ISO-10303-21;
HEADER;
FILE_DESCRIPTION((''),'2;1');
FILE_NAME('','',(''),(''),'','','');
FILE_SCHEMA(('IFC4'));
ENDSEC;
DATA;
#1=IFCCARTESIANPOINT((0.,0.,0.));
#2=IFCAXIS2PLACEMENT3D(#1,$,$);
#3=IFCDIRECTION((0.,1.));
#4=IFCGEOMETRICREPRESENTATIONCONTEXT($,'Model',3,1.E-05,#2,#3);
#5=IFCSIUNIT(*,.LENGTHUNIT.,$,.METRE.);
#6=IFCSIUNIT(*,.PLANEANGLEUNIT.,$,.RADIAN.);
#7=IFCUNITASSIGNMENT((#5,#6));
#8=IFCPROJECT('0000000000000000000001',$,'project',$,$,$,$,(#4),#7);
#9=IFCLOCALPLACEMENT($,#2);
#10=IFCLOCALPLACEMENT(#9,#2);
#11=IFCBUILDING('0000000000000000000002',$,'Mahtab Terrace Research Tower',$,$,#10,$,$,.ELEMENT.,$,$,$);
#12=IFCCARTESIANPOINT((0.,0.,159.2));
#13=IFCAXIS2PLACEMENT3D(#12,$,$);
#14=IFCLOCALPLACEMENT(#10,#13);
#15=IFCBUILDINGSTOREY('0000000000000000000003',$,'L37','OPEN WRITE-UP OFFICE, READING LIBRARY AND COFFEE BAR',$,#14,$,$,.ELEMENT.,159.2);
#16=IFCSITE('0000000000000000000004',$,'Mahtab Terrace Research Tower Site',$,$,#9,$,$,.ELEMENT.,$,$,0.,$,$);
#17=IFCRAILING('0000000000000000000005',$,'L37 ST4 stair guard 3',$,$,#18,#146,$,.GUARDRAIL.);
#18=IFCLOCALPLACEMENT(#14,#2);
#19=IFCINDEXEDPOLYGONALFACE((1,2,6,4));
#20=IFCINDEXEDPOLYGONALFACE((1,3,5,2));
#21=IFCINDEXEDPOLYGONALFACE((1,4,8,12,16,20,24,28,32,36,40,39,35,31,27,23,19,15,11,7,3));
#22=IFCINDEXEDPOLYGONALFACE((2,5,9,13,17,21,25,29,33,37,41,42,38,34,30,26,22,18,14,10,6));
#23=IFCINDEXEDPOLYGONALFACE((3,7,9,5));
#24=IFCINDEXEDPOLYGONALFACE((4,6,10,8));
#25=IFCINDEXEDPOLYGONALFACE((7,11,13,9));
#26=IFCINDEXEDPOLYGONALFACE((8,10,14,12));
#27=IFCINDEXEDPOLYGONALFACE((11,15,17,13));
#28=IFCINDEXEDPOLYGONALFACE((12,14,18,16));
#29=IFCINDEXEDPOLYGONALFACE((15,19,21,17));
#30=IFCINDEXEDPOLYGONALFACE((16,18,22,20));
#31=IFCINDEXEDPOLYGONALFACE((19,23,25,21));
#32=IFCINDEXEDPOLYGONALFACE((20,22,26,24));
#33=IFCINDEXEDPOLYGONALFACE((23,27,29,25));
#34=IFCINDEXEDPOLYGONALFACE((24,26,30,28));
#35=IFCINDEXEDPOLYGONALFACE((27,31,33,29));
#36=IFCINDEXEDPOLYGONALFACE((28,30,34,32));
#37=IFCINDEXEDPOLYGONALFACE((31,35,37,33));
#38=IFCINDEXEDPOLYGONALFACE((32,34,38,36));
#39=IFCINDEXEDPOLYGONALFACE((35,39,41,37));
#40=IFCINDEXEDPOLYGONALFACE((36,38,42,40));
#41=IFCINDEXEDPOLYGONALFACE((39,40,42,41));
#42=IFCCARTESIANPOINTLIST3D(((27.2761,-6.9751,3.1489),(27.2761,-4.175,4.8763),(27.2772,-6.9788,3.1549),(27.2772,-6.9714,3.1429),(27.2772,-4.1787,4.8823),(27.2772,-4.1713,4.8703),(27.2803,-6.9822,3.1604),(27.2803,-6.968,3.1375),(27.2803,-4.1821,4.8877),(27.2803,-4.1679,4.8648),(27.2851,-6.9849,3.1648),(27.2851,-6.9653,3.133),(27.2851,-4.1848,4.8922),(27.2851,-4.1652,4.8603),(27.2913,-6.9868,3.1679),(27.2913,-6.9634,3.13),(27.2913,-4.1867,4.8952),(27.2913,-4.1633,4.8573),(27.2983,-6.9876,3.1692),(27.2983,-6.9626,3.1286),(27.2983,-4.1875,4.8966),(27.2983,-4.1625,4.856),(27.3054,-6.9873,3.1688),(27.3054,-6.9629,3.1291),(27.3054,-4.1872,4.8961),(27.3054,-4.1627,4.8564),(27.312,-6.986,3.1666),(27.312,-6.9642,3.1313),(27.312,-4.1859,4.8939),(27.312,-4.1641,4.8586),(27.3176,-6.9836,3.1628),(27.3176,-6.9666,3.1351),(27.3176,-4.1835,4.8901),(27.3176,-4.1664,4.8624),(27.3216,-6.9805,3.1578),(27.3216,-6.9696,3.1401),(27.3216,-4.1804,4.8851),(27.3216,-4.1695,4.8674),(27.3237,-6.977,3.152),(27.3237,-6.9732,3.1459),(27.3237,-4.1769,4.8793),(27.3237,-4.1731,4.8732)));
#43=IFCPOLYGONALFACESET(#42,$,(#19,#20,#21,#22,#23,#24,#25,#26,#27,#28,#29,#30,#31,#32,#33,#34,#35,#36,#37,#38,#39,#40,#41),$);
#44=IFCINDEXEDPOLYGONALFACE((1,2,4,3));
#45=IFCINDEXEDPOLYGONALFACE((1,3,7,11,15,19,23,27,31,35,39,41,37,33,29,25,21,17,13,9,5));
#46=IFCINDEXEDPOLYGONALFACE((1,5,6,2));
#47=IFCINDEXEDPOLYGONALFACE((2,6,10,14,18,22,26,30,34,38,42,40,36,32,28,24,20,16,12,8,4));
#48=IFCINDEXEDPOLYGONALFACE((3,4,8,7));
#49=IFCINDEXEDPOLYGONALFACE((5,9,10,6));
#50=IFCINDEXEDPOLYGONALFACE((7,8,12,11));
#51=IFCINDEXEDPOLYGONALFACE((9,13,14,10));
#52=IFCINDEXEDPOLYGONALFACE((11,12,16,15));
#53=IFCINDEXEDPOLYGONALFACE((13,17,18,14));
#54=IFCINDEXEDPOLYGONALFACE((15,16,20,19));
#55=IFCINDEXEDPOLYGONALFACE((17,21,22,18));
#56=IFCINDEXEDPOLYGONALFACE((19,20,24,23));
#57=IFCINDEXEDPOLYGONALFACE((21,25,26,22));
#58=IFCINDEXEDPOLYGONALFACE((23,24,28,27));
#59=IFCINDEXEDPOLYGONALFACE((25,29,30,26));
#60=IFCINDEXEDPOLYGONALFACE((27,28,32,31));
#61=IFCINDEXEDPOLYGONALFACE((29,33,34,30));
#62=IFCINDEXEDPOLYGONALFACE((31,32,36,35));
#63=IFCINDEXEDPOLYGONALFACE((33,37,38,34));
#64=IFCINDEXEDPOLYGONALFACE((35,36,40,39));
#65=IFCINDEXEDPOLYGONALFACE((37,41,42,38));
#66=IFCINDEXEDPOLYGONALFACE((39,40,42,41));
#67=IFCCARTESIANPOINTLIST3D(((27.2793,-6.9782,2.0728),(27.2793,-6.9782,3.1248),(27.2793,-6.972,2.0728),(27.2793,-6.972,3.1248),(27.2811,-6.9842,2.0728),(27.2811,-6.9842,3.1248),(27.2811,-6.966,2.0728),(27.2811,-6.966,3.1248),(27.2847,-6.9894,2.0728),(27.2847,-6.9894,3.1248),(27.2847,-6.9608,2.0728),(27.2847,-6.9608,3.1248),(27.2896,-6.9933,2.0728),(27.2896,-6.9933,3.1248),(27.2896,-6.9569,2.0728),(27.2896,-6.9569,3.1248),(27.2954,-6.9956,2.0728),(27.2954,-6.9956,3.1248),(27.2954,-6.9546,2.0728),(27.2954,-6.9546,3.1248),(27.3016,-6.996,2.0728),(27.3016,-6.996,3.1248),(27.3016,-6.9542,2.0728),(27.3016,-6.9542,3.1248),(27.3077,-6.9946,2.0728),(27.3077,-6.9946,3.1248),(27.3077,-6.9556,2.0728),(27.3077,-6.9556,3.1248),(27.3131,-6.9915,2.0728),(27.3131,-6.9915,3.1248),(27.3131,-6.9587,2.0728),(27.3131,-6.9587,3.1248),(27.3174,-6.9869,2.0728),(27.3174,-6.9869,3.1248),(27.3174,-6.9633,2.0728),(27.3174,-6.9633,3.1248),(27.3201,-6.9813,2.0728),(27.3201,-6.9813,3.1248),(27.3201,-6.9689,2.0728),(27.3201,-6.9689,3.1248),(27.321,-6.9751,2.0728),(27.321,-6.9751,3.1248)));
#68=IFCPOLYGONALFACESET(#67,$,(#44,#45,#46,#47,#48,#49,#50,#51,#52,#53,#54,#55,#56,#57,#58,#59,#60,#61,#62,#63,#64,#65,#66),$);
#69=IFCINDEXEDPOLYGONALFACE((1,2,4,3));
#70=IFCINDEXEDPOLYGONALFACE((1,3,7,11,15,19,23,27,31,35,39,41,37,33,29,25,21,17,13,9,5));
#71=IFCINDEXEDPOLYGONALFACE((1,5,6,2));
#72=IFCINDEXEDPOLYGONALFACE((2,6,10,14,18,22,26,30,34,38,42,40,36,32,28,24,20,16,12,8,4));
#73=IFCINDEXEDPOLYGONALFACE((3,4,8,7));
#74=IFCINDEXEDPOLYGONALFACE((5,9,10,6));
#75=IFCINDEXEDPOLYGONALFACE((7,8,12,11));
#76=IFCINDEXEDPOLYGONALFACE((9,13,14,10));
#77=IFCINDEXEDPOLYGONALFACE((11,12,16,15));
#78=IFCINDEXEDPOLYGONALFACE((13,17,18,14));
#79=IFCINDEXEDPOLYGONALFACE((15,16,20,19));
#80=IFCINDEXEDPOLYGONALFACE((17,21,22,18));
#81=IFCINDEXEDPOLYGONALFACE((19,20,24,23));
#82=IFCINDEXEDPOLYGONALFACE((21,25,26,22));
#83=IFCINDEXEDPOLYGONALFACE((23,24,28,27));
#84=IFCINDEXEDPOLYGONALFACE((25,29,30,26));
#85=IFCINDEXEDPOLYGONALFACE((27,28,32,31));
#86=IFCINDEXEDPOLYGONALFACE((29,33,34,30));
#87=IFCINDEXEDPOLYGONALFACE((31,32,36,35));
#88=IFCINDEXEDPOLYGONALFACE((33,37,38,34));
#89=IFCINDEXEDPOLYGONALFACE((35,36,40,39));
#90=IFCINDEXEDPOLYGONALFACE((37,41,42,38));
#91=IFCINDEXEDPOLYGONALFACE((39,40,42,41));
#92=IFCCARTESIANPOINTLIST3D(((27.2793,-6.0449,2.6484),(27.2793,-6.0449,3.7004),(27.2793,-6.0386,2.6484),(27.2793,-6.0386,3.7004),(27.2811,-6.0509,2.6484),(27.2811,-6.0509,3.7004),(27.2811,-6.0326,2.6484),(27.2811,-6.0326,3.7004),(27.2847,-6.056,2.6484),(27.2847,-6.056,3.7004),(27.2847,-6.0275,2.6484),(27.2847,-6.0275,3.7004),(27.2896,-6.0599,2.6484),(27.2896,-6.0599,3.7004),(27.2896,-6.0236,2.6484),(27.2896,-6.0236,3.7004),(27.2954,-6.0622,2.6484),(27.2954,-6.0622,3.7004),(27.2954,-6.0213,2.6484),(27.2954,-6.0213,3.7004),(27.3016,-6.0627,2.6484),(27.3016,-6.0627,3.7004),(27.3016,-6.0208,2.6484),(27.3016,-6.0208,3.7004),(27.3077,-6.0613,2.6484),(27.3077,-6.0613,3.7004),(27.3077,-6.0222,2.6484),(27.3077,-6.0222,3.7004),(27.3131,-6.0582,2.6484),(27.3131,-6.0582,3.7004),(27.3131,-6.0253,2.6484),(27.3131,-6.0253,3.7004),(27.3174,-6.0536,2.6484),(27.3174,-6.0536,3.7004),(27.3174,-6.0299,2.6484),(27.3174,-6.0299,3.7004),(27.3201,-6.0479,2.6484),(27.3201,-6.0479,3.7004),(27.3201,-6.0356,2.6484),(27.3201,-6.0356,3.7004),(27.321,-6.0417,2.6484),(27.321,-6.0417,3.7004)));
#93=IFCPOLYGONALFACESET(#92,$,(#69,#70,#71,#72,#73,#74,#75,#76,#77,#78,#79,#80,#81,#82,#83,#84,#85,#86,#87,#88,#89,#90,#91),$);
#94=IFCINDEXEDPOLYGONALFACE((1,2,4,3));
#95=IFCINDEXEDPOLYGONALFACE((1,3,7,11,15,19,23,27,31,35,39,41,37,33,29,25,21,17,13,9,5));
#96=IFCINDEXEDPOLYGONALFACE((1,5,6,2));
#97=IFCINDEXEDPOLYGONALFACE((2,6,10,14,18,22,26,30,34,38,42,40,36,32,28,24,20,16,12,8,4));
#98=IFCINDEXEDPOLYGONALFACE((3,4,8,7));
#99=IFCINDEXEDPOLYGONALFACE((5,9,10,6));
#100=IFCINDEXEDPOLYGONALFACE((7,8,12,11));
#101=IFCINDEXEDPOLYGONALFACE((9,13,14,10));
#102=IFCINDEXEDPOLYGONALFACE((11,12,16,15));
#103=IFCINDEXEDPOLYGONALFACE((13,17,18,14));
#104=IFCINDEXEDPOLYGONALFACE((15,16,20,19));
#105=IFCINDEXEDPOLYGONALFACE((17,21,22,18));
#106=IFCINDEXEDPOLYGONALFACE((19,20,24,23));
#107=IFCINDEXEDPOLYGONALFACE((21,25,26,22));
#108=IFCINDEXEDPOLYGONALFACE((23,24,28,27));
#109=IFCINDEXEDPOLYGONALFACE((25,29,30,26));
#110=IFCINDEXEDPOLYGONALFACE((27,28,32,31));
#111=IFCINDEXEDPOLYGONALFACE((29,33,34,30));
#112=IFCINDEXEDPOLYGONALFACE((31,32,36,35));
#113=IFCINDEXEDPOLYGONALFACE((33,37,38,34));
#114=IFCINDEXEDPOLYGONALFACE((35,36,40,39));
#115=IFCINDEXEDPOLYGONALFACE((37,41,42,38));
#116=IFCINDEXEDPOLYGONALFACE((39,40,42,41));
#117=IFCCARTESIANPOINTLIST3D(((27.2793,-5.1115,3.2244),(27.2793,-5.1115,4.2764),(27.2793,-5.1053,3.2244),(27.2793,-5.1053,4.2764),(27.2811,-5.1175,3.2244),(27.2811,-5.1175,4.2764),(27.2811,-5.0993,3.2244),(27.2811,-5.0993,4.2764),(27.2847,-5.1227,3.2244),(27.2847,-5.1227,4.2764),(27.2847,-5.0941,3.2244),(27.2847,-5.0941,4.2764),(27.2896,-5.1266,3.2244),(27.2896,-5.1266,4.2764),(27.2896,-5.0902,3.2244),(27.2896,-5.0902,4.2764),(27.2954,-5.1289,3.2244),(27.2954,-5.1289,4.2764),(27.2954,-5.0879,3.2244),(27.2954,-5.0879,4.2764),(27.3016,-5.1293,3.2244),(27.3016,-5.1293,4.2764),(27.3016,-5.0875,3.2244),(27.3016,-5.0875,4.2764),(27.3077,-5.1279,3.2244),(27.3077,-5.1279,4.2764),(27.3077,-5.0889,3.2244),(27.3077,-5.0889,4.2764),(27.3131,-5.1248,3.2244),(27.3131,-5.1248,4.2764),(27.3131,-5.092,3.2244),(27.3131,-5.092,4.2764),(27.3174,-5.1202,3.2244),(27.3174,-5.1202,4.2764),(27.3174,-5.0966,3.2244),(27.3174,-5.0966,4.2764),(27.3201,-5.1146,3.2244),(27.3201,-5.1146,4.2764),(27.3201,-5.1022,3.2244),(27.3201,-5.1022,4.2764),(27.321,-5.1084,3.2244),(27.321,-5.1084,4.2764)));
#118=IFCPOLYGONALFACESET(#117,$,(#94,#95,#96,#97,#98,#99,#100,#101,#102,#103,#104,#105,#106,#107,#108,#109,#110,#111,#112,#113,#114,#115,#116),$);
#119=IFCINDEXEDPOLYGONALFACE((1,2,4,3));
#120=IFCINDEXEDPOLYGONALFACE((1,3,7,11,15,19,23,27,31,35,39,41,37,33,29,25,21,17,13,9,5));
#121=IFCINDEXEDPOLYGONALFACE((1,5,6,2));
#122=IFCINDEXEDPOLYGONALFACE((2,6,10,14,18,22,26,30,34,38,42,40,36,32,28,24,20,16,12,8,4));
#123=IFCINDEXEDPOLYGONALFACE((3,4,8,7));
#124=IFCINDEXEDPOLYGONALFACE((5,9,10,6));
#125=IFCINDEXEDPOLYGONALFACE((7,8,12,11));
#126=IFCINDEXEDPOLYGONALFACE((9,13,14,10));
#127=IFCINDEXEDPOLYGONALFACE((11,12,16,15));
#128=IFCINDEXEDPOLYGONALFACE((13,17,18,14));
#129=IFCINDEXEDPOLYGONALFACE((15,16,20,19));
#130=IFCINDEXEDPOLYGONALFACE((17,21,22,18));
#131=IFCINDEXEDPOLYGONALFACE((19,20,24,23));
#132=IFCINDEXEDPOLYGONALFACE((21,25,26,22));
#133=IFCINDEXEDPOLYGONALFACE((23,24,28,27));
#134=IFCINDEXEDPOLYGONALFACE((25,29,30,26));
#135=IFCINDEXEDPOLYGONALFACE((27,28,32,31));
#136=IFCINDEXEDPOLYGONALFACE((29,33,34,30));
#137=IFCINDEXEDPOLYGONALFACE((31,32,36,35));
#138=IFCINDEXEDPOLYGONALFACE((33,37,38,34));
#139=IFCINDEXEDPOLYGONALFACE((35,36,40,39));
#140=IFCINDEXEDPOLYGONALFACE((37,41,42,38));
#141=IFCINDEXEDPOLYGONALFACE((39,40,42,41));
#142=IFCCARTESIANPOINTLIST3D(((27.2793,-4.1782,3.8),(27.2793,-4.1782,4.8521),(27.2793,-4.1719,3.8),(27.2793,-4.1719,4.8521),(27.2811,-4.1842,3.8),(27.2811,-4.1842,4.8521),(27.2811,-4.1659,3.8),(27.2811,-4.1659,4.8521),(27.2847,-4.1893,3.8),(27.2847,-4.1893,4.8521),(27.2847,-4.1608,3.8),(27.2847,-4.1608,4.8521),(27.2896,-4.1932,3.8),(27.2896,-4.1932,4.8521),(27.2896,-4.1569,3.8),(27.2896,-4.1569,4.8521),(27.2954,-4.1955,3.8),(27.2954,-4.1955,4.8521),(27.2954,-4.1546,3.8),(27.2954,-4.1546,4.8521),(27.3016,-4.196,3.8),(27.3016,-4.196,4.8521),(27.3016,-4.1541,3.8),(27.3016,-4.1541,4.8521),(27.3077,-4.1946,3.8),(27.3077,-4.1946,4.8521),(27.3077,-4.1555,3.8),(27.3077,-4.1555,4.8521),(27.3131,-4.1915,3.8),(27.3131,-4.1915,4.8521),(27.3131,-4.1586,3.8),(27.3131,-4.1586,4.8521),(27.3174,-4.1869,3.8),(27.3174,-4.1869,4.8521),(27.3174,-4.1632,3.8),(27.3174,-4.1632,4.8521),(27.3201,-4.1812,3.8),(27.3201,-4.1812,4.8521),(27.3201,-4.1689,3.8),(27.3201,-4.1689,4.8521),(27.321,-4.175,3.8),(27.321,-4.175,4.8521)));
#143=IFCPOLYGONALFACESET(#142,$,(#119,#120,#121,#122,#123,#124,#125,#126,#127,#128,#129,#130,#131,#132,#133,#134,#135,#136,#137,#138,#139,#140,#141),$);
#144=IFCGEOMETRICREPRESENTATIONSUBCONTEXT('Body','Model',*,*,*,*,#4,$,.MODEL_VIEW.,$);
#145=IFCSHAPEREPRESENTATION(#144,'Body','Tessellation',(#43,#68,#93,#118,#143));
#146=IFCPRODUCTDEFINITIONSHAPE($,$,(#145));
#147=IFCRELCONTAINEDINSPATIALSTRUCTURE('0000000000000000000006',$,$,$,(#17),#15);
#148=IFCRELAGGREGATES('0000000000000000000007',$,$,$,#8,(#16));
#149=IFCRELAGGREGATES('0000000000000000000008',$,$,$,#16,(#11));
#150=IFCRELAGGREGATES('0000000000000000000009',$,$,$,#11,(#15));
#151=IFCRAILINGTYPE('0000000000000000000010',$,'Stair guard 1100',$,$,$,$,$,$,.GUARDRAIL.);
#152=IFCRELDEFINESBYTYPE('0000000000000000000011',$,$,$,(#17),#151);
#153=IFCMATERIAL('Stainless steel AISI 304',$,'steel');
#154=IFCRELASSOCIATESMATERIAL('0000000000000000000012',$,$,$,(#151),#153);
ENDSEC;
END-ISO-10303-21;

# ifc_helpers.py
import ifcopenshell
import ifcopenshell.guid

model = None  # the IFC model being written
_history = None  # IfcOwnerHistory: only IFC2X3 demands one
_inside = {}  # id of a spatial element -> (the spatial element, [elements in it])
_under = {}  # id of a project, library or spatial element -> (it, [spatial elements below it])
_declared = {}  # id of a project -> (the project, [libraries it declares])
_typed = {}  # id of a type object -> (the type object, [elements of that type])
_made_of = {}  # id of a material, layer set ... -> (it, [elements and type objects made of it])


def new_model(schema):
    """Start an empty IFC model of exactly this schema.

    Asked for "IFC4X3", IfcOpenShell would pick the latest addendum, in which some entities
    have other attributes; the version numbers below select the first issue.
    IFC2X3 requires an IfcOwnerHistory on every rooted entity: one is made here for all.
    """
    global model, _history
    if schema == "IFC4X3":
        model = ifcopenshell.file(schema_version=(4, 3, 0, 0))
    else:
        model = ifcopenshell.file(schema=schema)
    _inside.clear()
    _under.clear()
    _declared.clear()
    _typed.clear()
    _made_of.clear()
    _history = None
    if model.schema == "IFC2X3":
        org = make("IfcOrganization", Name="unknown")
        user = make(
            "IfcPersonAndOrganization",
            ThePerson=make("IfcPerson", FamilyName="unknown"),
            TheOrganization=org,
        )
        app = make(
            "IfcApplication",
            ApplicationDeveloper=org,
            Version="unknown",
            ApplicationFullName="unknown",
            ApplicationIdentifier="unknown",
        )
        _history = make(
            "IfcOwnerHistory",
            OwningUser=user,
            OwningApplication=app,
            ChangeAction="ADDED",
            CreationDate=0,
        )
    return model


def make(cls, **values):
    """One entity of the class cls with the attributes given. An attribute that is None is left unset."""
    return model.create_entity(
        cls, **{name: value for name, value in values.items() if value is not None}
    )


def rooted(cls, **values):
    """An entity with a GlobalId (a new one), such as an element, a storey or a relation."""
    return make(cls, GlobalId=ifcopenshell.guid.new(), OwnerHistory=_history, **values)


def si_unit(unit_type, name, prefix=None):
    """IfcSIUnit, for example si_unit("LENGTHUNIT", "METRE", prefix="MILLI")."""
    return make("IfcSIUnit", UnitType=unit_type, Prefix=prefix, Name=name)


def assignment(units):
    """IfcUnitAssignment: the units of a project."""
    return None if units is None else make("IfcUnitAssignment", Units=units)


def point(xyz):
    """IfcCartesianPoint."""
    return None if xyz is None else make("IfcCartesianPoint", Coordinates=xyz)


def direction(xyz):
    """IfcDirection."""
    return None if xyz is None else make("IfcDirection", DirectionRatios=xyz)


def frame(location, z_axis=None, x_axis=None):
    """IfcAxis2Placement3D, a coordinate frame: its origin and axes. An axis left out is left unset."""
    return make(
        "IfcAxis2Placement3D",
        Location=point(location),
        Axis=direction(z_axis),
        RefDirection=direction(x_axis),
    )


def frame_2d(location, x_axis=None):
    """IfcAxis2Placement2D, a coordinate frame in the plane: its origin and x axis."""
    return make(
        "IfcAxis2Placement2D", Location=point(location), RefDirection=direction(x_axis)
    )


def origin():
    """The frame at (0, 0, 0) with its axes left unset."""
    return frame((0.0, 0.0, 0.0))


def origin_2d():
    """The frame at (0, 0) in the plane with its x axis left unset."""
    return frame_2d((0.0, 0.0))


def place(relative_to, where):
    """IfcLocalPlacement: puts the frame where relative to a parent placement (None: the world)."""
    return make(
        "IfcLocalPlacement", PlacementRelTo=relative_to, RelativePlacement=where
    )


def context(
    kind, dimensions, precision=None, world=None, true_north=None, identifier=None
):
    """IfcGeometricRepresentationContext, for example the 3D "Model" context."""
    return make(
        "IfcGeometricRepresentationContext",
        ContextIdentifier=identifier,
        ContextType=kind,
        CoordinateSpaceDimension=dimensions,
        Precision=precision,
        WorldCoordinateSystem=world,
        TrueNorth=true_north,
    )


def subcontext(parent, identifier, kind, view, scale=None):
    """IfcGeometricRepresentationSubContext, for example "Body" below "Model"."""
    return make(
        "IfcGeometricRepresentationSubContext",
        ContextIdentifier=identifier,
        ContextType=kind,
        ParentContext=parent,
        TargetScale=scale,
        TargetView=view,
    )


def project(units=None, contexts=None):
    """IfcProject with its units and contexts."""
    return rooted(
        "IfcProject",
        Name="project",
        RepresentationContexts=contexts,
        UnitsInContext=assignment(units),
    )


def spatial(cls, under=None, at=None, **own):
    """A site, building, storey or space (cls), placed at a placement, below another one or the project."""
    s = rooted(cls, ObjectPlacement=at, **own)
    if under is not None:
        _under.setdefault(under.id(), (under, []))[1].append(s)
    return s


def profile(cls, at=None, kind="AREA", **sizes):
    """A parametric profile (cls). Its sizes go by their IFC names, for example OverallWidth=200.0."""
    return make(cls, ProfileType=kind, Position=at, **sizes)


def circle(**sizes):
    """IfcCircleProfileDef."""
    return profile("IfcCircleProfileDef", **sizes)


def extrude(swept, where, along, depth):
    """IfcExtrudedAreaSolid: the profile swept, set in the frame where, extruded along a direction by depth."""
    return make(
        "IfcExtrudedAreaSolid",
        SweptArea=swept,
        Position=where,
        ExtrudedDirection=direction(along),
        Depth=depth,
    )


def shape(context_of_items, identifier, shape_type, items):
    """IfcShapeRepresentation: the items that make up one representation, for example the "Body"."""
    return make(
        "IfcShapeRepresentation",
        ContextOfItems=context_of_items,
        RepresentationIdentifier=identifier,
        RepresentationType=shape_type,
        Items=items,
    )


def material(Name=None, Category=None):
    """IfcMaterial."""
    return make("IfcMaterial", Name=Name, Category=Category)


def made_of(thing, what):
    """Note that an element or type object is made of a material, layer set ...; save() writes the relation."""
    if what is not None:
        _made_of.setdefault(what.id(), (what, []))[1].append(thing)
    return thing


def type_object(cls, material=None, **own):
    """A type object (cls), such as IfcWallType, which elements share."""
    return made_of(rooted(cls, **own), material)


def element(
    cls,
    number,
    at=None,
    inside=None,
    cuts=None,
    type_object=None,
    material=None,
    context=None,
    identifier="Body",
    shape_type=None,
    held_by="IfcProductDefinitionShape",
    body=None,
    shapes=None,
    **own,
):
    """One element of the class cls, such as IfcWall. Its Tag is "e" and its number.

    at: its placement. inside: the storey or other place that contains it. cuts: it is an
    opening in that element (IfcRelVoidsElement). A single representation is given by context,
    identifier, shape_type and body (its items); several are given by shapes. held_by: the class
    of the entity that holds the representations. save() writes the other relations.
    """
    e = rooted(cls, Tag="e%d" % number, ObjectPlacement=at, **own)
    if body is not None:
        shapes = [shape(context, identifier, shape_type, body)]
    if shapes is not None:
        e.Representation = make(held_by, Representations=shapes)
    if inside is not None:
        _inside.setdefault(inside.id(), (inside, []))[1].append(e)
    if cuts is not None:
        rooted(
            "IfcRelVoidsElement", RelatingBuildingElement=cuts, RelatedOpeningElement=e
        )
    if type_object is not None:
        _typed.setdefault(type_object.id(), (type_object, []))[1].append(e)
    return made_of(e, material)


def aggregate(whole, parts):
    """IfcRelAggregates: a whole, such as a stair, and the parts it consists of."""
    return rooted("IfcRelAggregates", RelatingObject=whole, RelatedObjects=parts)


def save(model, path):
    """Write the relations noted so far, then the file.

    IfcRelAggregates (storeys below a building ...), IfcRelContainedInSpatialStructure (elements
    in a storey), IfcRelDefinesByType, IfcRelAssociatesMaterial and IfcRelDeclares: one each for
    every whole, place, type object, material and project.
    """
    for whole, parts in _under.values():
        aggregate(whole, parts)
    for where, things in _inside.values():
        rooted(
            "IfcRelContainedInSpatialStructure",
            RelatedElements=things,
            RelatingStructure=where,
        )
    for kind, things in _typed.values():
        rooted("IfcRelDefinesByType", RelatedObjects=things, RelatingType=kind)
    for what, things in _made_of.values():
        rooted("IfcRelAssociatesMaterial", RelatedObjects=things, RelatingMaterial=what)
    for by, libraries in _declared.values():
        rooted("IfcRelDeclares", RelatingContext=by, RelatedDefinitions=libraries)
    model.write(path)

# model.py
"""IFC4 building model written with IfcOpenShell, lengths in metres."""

from ifc_helpers import new_model, si_unit, direction, frame, origin, origin_2d, place, context, subcontext, project, spatial, circle, extrude, material, type_object, element, save


model = new_model("IFC4")

# Units and contexts
model_context = context("Model", 3, precision=1e-05, world=origin(), true_north=direction((0.0, 1.0)))
body_context = subcontext(model_context, "Body", "Model", "MODEL_VIEW")
ifc_project = project(units=[si_unit("LENGTHUNIT", "METRE"), si_unit("PLANEANGLEUNIT", "RADIAN")], contexts=[model_context])

# Site, building, storey
site_placement = place(None, origin())
site = spatial("IfcSite", under=ifc_project, at=site_placement, Name="Mahtab Terrace Research Tower Site", CompositionType="ELEMENT", RefElevation=0.0)
building_placement = place(site_placement, origin())
building = spatial("IfcBuilding", under=site, at=building_placement, Name="Mahtab Terrace Research Tower", CompositionType="ELEMENT")
storey_placement = place(building_placement, frame((0.0, 0.0, 159.2)))
storey = spatial("IfcBuildingStorey", under=building, at=storey_placement, Name="L37", Description="OPEN WRITE-UP OFFICE, READING LIBRARY AND COFFEE BAR", CompositionType="ELEMENT", Elevation=159.2)

# Railing
ifc_material_1 = material(Name="Stainless steel AISI 304", Category="steel")
railing_type_1 = type_object("IfcRailingType", Name="Stair guard 1100", PredefinedType="GUARDRAIL", material=ifc_material_1)
railing_1_placement = place(storey_placement, frame((27.3, -6.9751, 2.0728)))
element("IfcRailing", 1, at=railing_1_placement, inside=storey, type_object=railing_type_1, Name="L37 ST4 stair guard 3", PredefinedType="GUARDRAIL", context=body_context, shape_type="SweptSolid", body=[
    extrude(circle(Radius=0.0239, at=origin_2d()), frame((0.0, 0.0, 1.0762), z_axis=(0.0, 0.85109, 0.52502), x_axis=(-1.0, 0.0, 0.0)), (0.0, 0.0, 1.0), 3.29),
    extrude(circle(Radius=0.021, at=origin_2d()), origin(), (0.0, 0.0, 1.0), 1.052),
    extrude(circle(Radius=0.021, at=origin_2d()), frame((0.0, 0.9333, 0.5757)), (0.0, 0.0, 1.0), 1.052),
    extrude(circle(Radius=0.021, at=origin_2d()), frame((0.0, 1.8667, 1.1516)), (0.0, 0.0, 1.0), 1.052),
    extrude(circle(Radius=0.021, at=origin_2d()), frame((0.0, 2.8, 1.7273)), (0.0, 0.0, 1.0), 1.052),
])

save(model, "model.ifc")
